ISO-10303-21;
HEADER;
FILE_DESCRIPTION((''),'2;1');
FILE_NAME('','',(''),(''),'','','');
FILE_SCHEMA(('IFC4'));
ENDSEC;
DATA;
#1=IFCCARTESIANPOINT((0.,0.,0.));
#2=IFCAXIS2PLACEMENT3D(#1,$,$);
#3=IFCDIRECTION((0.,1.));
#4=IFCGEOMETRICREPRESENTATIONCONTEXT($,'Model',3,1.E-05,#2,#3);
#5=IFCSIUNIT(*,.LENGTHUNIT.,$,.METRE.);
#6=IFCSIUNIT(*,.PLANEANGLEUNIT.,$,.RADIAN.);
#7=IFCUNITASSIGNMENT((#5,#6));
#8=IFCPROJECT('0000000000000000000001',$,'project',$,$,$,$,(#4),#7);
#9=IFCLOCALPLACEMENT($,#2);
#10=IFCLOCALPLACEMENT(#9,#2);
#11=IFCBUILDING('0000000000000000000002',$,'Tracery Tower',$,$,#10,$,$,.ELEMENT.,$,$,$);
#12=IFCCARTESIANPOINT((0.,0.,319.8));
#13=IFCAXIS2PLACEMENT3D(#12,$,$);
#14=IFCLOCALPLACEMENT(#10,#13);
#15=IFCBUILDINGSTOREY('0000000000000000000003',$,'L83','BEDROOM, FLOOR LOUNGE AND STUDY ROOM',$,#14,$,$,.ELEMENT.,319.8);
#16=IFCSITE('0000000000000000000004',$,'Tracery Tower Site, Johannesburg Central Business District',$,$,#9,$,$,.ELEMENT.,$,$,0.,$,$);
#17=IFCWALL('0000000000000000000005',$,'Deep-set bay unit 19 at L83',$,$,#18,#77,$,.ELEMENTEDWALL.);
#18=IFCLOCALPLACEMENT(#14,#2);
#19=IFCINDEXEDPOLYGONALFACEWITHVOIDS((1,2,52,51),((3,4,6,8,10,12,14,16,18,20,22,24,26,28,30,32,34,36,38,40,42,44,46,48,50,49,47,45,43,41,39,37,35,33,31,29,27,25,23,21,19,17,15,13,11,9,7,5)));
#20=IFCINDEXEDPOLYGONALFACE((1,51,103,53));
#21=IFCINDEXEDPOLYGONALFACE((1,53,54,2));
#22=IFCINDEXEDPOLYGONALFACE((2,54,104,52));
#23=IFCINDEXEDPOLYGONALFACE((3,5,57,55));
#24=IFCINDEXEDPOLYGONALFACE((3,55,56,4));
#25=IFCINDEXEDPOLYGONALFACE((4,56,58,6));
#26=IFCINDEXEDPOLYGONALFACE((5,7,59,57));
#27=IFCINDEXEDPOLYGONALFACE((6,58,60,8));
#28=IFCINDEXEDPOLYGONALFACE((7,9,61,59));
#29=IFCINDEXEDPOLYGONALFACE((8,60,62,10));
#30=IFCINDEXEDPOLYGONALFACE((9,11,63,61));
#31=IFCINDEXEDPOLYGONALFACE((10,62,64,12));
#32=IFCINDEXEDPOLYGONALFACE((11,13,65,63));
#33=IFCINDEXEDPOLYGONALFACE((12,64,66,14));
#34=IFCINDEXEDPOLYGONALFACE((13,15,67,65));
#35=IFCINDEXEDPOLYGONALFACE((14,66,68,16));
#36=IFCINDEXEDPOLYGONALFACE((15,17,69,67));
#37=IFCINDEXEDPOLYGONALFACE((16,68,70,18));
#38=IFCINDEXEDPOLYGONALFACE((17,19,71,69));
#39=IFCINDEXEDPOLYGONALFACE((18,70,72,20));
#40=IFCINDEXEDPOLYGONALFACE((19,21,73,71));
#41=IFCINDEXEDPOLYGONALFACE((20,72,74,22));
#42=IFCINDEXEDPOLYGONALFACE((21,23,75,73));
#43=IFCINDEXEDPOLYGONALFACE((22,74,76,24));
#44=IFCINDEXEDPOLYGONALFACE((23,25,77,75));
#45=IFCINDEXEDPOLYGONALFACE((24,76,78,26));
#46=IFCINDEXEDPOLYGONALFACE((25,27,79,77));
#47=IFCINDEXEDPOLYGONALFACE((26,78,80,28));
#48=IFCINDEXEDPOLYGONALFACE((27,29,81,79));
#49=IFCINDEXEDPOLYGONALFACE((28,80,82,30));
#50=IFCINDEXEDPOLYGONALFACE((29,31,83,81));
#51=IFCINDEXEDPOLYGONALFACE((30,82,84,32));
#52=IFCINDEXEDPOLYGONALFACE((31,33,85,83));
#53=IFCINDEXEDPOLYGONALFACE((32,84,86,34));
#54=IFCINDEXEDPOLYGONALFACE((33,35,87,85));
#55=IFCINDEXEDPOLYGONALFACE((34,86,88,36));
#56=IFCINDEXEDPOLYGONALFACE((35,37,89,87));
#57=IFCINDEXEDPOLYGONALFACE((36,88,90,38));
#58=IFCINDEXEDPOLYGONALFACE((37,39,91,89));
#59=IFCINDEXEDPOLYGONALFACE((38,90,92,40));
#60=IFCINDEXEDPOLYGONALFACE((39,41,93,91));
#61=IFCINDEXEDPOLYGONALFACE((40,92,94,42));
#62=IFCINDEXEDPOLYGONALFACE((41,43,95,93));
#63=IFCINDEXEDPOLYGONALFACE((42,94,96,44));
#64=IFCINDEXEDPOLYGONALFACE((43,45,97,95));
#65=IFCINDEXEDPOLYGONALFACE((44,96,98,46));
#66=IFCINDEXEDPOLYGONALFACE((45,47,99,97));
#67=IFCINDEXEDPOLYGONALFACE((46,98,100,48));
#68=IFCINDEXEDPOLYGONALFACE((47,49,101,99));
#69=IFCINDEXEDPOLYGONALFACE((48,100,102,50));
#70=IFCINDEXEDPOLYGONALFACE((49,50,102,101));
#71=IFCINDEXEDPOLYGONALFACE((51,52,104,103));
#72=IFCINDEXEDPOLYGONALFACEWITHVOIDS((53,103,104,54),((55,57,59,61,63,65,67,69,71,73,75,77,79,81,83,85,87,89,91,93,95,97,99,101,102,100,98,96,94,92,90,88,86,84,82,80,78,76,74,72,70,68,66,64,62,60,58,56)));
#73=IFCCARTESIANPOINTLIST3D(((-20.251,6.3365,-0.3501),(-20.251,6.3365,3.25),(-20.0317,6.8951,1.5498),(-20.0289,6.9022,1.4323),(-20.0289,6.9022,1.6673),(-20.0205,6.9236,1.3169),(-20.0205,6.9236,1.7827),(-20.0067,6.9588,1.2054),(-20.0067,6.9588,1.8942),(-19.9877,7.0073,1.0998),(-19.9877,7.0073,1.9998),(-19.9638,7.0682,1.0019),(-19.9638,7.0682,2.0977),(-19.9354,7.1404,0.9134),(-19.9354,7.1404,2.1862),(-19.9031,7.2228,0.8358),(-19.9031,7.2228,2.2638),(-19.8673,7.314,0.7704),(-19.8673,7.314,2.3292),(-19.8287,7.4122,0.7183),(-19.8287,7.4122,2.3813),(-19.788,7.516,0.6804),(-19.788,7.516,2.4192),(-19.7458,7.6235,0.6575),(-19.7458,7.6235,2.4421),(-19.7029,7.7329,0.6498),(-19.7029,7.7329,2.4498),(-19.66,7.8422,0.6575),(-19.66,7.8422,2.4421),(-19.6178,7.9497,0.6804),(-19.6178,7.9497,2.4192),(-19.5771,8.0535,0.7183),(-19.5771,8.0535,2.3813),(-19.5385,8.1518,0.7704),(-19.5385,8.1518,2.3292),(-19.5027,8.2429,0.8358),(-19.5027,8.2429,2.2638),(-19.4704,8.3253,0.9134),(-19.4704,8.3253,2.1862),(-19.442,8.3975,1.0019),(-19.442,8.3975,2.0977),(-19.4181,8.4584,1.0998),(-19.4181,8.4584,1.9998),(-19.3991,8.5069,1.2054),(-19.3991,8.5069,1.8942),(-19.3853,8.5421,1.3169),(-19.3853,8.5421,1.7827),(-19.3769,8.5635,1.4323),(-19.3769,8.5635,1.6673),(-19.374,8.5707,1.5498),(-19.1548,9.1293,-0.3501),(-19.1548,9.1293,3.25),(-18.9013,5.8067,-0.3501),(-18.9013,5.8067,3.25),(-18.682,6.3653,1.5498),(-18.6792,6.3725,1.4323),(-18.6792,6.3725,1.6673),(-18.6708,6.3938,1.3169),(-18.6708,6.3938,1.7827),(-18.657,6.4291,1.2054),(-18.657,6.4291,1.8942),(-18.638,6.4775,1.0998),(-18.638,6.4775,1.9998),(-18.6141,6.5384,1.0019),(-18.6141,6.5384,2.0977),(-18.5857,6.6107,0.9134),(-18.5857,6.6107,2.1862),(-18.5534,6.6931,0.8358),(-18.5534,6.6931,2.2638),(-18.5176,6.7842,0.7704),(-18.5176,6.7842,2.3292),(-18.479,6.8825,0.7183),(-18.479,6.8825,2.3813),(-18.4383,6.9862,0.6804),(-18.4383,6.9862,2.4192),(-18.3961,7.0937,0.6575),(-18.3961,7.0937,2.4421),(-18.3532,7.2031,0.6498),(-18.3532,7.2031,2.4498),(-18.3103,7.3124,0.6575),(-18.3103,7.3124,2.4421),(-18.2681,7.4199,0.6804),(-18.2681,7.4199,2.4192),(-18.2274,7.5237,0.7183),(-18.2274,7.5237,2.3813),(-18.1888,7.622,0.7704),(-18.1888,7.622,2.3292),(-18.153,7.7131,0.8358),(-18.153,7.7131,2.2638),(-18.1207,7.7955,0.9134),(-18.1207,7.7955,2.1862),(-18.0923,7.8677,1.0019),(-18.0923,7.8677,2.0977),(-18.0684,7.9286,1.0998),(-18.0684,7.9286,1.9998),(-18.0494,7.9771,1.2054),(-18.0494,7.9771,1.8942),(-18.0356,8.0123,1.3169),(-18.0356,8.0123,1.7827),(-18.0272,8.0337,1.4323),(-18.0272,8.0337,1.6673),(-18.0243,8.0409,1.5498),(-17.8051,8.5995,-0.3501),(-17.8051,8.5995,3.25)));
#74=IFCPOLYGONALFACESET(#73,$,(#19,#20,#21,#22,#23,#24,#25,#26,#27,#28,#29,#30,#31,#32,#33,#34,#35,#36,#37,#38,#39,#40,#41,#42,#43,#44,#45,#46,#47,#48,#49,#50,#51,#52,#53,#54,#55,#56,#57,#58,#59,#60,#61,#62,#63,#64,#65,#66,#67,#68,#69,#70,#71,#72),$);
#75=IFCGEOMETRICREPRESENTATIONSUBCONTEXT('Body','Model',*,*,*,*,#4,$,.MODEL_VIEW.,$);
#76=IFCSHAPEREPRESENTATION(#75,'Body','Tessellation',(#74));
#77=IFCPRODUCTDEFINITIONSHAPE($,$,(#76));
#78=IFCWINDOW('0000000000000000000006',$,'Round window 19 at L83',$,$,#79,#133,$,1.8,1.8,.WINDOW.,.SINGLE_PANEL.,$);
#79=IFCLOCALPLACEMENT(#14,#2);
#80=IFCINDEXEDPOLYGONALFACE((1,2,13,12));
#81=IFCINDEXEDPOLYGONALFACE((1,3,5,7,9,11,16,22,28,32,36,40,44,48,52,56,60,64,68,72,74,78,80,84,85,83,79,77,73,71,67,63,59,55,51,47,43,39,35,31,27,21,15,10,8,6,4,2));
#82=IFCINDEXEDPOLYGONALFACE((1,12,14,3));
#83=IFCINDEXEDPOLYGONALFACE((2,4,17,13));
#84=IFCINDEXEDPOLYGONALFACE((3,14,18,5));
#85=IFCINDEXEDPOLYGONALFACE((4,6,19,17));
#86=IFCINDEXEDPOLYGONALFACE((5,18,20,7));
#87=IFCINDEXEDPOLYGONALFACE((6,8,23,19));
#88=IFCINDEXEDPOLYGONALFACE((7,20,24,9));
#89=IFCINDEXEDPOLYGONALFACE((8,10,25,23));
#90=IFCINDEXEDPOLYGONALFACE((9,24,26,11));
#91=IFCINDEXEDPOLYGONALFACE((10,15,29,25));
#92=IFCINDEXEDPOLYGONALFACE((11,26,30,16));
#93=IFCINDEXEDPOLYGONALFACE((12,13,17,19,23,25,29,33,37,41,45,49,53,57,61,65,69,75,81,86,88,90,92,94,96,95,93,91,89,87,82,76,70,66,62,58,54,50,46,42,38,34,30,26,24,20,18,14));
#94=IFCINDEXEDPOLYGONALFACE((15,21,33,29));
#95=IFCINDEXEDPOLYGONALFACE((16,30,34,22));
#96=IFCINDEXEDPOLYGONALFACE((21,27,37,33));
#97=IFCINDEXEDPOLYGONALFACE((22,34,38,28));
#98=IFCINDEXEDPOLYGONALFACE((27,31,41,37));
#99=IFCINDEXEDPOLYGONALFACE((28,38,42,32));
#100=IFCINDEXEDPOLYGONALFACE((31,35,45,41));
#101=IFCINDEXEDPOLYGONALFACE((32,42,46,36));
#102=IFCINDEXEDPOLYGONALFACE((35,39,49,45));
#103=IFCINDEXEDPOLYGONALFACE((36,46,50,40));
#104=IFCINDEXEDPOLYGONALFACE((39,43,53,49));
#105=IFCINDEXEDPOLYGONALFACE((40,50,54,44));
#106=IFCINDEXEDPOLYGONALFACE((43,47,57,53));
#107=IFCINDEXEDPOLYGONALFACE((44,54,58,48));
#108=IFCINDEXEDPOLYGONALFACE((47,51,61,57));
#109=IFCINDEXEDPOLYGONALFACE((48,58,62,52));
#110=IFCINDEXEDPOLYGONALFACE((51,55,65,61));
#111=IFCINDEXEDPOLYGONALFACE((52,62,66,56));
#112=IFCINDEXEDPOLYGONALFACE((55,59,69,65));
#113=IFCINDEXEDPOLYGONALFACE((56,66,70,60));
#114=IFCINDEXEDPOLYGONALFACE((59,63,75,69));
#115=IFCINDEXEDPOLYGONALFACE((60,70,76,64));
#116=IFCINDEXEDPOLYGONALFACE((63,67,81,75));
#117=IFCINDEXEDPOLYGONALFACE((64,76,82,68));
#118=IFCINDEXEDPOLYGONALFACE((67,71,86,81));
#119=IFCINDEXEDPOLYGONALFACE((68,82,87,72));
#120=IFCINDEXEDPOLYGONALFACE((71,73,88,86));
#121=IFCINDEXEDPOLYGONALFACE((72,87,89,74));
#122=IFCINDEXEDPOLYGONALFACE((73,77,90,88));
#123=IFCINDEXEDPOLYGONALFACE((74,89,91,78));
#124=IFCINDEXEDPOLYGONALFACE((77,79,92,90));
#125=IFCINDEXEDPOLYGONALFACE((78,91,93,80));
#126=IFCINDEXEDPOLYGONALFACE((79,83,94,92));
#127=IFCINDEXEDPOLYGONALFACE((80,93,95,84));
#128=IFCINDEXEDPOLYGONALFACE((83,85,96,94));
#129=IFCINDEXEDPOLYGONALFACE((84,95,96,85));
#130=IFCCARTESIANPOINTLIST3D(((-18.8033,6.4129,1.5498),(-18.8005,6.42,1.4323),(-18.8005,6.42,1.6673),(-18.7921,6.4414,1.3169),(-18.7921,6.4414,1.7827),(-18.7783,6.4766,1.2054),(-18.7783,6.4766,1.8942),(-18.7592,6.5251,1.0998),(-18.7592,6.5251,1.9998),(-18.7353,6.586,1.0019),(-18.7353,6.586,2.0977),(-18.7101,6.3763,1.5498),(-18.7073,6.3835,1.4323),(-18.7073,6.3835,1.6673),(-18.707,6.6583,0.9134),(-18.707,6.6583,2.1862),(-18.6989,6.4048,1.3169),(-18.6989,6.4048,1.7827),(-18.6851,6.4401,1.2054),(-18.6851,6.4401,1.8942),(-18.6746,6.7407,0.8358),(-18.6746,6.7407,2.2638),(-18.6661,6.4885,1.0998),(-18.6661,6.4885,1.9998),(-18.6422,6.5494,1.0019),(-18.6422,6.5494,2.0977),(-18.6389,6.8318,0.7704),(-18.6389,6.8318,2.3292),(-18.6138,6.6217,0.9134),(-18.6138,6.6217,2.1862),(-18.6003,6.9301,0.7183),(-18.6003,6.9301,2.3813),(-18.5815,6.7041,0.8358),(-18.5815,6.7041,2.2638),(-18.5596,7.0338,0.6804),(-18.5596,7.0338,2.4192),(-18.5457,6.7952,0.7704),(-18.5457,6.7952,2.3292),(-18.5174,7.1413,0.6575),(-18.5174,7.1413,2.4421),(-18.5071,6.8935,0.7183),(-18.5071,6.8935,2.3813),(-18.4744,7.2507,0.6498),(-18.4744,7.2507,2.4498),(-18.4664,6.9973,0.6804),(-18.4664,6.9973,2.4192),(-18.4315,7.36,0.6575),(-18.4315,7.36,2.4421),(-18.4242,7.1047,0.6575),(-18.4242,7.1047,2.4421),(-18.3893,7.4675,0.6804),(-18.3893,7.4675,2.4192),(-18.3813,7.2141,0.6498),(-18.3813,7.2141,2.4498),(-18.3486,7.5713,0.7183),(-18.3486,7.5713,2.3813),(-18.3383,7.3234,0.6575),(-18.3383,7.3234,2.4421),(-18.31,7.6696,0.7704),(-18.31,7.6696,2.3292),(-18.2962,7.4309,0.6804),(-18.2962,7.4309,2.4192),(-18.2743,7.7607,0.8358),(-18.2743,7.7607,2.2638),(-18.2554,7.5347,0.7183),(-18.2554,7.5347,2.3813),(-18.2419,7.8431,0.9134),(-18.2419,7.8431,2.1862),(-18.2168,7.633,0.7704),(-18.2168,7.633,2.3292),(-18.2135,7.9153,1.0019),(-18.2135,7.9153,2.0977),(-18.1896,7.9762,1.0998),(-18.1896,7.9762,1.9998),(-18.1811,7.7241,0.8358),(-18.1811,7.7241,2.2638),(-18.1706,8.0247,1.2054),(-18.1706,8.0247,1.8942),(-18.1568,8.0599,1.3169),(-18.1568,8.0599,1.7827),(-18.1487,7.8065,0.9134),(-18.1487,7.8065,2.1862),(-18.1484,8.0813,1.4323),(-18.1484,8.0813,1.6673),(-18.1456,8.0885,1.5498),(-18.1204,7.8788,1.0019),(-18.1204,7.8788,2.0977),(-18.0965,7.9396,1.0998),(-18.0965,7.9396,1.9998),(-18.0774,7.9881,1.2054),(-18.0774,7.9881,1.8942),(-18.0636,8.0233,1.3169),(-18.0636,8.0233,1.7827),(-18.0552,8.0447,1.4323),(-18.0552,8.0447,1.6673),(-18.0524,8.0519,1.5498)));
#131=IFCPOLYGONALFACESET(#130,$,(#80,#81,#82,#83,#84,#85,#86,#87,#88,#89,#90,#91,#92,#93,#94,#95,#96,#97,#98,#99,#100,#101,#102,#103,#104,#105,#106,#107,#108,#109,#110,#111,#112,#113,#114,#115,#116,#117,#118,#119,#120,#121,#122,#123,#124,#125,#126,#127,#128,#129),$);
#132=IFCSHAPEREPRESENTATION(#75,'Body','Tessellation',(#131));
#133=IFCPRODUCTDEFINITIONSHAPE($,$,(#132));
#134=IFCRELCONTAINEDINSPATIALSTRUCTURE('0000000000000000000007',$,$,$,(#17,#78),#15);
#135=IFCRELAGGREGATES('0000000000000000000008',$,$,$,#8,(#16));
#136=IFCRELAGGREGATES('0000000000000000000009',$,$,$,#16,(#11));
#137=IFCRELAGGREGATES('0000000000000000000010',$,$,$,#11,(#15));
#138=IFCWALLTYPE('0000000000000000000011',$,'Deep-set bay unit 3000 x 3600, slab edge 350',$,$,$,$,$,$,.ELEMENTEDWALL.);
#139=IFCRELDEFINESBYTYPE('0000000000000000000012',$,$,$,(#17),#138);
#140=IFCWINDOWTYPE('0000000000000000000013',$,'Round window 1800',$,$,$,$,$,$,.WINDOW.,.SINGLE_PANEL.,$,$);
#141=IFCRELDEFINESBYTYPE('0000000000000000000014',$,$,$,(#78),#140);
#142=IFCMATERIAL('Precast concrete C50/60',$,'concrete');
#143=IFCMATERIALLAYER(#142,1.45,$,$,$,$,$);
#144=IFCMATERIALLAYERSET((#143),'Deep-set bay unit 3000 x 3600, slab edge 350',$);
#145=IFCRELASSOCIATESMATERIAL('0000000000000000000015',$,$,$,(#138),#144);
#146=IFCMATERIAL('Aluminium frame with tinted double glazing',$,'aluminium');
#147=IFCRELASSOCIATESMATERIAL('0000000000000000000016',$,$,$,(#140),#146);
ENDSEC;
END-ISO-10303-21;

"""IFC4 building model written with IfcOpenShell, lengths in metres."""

from ifc_helpers import new_model, si_unit, direction, frame, frame_2d, origin, origin_2d, place, context, subcontext, project, spatial, rectangle, circle, extrude, material, layer, layer_set, type_object, element, fill, save


model = new_model("IFC4")

# Units and contexts
model_context = context("Model", 3, precision=1e-05, world=origin(), true_north=direction((0.0, 1.0)))
body_context = subcontext(model_context, "Body", "Model", "MODEL_VIEW")
ifc_project = project(units=[si_unit("LENGTHUNIT", "METRE"), si_unit("PLANEANGLEUNIT", "RADIAN")], contexts=[model_context])

# Site, building, storey
site_placement = place(None, origin())
site = spatial("IfcSite", under=ifc_project, at=site_placement, Name="Tracery Tower Site, Johannesburg Central Business District", CompositionType="ELEMENT", RefElevation=0.0)
building_placement = place(site_placement, origin())
building = spatial("IfcBuilding", under=site, at=building_placement, Name="Tracery Tower", CompositionType="ELEMENT")
storey_placement = place(building_placement, frame((0.0, 0.0, 319.8)))
storey = spatial("IfcBuildingStorey", under=building, at=storey_placement, Name="L83", Description="BEDROOM, FLOOR LOUNGE AND STUDY ROOM", CompositionType="ELEMENT", Elevation=319.8)

# Wall, opening, window
ifc_material_1 = material(Name="Precast concrete C50/60", Category="concrete")
ifc_layer_1 = layer(ifc_material_1, 1.45)
ifc_layer_set_1 = layer_set([ifc_layer_1], Name="Deep-set bay unit 3000 x 3600, slab edge 350")
wall_type_1 = type_object("IfcWallType", Name="Deep-set bay unit 3000 x 3600, slab edge 350", PredefinedType="ELEMENTEDWALL", material=ifc_layer_set_1)
ifc_material_2 = material(Name="Aluminium frame with tinted double glazing", Category="aluminium")
window_type = type_object("IfcWindowType", Name="Round window 1800", PartitioningType="SINGLE_PANEL", PredefinedType="WINDOW", material=ifc_material_2)
wall_1_placement = place(storey_placement, frame((-18.48, 8.8643, -0.3501), z_axis=(0.0, 0.0, 1.0), x_axis=(-0.365378, -0.930859, 0.0)))
wall_1 = element("IfcWall", 1, at=wall_1_placement, inside=storey, type_object=wall_type_1, Name="Deep-set bay unit 19 at L83", PredefinedType="ELEMENTEDWALL", context=body_context, shape_type="SweptSolid", body=[
    extrude(rectangle(XDim=3.0002, YDim=1.45, at=frame_2d((1.5, 0.0))), origin(), (0.0, 0.0, 1.0), 3.6001),
])
opening_1_placement = place(wall_1_placement, frame((1.5, 0.0, 1.8999)))
opening_1 = element("IfcOpeningElement", 2, at=opening_1_placement, cuts=wall_1, PredefinedType="OPENING", context=body_context, shape_type="SweptSolid", body=[
    extrude(circle(Radius=0.9, at=origin_2d()), frame((0.0, 0.7349, 0.0), z_axis=(0.0, -1.0, 0.0), x_axis=(1.0, 0.0, 0.0)), (0.0, 0.0, 1.0), 1.47),
])
window_1_placement = place(opening_1_placement, origin())
window_1 = element("IfcWindow", 3, at=window_1_placement, inside=storey, type_object=window_type, Name="Round window 19 at L83", OverallHeight=1.8, OverallWidth=1.8, PartitioningType="SINGLE_PANEL", PredefinedType="WINDOW", context=body_context, shape_type="SweptSolid", body=[
    extrude(circle(Radius=0.9, at=origin_2d()), frame((0.0, 0.6948, 0.0), z_axis=(0.0, -1.0, 0.0), x_axis=(1.0, 0.0, 0.0)), (0.0, 0.0, 1.0), 0.1001),
])
fill(opening_1, window_1)

save(model, "model.ifc")
